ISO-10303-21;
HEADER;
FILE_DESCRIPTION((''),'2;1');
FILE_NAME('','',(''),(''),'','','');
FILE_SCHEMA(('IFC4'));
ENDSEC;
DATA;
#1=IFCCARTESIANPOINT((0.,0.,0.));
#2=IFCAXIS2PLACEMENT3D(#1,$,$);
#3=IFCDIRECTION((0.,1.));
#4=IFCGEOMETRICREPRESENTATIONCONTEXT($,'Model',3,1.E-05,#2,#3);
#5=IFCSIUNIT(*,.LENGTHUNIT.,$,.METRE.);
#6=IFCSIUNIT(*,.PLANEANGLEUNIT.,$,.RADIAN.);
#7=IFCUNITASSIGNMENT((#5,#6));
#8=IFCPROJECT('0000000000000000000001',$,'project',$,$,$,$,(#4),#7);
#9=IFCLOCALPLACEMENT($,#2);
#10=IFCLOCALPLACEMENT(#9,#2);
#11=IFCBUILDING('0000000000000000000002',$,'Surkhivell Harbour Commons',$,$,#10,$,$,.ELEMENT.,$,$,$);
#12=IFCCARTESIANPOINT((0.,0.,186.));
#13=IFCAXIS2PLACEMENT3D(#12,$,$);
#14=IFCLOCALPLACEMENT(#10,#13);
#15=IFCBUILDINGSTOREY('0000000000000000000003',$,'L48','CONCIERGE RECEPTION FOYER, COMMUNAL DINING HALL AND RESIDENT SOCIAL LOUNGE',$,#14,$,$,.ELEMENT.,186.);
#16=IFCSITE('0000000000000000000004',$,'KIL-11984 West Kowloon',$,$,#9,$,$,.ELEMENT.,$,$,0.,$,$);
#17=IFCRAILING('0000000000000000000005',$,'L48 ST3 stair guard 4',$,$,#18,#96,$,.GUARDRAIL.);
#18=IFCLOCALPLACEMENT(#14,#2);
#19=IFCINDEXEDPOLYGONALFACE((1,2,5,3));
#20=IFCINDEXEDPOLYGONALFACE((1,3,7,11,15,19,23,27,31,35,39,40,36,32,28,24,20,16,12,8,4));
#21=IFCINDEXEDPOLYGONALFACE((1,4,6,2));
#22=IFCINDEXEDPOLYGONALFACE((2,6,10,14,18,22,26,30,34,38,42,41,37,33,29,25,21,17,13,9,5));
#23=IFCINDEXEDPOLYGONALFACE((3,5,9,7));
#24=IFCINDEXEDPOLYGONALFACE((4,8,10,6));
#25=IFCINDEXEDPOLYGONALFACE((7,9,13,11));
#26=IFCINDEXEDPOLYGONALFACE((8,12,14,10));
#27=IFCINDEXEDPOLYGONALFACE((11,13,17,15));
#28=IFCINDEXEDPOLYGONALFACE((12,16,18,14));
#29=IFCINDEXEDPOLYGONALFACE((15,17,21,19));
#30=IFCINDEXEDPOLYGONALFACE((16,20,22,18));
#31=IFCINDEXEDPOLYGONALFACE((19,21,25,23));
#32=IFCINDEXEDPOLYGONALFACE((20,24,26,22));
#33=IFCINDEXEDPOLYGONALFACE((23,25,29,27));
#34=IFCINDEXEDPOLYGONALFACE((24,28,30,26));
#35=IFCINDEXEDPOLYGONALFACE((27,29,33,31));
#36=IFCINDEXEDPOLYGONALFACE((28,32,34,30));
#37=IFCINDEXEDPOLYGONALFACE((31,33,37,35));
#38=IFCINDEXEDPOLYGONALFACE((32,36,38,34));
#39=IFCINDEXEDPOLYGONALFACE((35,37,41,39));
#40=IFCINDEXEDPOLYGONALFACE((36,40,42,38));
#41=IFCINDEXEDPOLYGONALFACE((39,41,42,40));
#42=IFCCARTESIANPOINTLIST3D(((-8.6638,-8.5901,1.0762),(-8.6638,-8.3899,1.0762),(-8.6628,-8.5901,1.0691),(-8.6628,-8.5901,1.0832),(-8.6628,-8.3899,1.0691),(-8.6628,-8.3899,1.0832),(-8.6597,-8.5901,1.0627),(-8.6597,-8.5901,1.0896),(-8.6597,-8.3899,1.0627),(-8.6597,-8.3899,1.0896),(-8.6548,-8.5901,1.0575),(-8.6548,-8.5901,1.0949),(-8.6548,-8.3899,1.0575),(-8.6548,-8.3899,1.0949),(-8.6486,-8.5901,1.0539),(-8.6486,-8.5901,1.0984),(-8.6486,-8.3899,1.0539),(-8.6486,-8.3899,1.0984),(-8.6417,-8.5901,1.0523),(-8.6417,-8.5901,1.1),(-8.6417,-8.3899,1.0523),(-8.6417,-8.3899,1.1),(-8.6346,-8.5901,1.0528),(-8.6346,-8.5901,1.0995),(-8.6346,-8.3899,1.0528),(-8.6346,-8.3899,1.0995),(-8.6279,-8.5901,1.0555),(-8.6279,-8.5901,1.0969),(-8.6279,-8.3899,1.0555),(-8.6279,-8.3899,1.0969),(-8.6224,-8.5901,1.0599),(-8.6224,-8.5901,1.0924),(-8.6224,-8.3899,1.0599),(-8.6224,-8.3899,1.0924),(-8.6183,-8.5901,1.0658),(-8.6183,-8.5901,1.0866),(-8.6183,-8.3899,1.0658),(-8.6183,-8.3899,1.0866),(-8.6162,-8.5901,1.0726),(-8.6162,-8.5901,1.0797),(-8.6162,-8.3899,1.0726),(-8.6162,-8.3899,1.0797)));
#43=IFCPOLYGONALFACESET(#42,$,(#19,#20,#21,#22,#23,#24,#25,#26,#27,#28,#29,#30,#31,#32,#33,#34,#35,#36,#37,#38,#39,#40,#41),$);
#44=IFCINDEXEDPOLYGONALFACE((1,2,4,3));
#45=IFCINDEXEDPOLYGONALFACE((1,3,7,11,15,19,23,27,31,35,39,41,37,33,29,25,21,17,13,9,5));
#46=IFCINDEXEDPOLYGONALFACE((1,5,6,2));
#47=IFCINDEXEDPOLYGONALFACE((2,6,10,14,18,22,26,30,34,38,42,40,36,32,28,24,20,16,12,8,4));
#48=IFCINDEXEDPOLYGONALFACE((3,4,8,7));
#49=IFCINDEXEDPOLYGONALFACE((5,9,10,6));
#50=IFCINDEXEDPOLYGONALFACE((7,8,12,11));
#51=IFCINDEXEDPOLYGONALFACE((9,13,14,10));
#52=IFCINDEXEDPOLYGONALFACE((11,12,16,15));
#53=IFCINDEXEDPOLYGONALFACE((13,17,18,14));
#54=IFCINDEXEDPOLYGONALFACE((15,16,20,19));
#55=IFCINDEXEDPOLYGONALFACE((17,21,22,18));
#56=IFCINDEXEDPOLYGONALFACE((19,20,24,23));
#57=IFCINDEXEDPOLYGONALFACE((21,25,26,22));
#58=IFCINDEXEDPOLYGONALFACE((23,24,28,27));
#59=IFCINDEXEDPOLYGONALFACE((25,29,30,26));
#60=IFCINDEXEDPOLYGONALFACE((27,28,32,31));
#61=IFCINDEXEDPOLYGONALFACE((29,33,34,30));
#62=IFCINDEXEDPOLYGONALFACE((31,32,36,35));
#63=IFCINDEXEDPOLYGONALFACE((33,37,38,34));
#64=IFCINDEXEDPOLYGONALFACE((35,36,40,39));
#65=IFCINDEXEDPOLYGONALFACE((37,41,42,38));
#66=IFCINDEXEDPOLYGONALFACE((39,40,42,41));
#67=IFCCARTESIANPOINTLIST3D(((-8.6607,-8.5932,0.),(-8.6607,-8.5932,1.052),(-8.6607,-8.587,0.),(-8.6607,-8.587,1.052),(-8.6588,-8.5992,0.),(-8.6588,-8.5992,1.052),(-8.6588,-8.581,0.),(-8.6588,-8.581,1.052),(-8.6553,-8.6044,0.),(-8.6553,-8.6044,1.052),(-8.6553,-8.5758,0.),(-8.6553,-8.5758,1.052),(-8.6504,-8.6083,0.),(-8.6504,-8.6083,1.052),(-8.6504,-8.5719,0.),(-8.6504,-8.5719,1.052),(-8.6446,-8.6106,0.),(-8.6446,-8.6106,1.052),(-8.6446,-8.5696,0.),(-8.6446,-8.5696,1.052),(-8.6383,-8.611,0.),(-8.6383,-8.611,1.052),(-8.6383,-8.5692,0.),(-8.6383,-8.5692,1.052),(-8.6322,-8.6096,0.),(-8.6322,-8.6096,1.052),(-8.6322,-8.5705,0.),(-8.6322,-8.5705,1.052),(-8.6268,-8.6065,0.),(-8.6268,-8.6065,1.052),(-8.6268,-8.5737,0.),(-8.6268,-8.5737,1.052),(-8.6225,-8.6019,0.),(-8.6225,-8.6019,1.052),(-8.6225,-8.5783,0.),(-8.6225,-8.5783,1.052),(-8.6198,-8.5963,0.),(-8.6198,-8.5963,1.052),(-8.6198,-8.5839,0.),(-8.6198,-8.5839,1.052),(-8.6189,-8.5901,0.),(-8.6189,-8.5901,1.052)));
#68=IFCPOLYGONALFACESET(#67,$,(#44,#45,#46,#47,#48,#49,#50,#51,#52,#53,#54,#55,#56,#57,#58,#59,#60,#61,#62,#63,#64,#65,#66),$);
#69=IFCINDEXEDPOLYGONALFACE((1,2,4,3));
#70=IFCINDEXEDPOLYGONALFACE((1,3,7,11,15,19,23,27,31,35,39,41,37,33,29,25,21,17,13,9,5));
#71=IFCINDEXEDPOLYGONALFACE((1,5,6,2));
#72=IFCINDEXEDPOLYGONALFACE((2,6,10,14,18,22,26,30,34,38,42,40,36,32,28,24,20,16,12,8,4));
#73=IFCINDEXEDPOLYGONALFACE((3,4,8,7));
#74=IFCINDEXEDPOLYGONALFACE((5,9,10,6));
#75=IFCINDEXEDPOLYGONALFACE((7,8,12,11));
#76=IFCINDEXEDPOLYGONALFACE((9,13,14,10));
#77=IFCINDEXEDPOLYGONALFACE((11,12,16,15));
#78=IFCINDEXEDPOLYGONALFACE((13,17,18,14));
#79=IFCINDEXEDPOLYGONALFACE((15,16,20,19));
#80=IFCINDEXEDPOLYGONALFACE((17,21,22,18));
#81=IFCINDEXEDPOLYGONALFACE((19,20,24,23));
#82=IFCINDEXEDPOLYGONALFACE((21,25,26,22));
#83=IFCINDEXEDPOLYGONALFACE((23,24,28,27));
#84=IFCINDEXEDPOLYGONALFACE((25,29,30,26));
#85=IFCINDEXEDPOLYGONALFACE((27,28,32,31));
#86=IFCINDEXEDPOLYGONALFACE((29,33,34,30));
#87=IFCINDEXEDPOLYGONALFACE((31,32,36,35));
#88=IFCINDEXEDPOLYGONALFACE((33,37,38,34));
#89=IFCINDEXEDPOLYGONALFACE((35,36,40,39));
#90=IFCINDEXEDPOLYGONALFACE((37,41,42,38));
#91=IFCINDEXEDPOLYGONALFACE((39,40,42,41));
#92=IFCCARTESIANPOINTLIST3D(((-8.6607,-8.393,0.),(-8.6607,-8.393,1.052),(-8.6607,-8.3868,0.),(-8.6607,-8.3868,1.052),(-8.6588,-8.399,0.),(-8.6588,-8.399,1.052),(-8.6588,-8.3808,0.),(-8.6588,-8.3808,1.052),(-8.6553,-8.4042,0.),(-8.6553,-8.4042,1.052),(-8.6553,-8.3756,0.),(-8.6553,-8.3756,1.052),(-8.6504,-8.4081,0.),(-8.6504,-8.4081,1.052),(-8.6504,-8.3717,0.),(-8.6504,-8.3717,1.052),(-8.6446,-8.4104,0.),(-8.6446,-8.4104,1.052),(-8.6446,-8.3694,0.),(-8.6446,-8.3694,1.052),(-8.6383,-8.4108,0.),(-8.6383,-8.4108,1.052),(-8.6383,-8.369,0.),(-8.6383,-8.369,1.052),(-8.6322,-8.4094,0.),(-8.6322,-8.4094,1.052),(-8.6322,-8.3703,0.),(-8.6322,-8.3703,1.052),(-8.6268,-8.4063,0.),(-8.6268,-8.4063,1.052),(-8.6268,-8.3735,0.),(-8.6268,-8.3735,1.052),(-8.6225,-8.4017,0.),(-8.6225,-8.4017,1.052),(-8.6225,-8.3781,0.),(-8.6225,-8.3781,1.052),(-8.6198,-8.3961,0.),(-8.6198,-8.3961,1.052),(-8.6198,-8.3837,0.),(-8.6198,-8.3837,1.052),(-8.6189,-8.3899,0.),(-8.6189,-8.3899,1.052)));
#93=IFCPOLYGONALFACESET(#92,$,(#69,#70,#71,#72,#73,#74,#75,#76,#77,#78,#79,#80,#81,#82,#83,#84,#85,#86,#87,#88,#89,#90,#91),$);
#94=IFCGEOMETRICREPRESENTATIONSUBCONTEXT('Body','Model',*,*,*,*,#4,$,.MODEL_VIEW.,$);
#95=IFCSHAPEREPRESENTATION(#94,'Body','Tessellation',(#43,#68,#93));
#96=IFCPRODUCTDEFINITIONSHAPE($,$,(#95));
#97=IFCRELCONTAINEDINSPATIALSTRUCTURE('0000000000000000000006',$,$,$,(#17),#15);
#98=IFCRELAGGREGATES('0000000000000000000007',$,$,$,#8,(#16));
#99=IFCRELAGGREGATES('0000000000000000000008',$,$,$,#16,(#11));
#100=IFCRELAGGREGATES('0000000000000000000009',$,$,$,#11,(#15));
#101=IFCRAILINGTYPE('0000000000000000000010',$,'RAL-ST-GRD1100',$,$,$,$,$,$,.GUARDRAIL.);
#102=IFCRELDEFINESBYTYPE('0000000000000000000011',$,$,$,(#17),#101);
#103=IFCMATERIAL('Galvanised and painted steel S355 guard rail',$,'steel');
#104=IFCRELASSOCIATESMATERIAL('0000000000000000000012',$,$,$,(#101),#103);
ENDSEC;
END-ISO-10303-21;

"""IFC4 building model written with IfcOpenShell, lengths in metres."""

from ifc_helpers import new_model, si_unit, direction, frame, origin, origin_2d, place, context, subcontext, project, spatial, circle, extrude, material, type_object, element, save


model = new_model("IFC4")

# Units and contexts
model_context = context("Model", 3, precision=1e-05, world=origin(), true_north=direction((0.0, 1.0)))
body_context = subcontext(model_context, "Body", "Model", "MODEL_VIEW")
ifc_project = project(units=[si_unit("LENGTHUNIT", "METRE"), si_unit("PLANEANGLEUNIT", "RADIAN")], contexts=[model_context])

# Site, building, storey
site_placement = place(None, origin())
site = spatial("IfcSite", under=ifc_project, at=site_placement, Name="KIL-11984 West Kowloon", CompositionType="ELEMENT", RefElevation=0.0)
building_placement = place(site_placement, origin())
building = spatial("IfcBuilding", under=site, at=building_placement, Name="Surkhivell Harbour Commons", CompositionType="ELEMENT")
storey_placement = place(building_placement, frame((0.0, 0.0, 186.0)))
storey = spatial("IfcBuildingStorey", under=building, at=storey_placement, Name="L48", Description="CONCIERGE RECEPTION FOYER, COMMUNAL DINING HALL AND RESIDENT SOCIAL LOUNGE", CompositionType="ELEMENT", Elevation=186.0)

# Railing
ifc_material_1 = material(Name="Galvanised and painted steel S355 guard rail", Category="steel")
railing_type_1 = type_object("IfcRailingType", Name="RAL-ST-GRD1100", PredefinedType="GUARDRAIL", material=ifc_material_1)
railing_1_placement = place(storey_placement, frame((-8.6399, -8.5901, 0.0)))
element("IfcRailing", 1, at=railing_1_placement, inside=storey, type_object=railing_type_1, Name="L48 ST3 stair guard 4", PredefinedType="GUARDRAIL", context=body_context, shape_type="SweptSolid", body=[
    extrude(circle(Radius=0.0239, at=origin_2d()), frame((0.0, 0.0, 1.0762), z_axis=(0.0, 1.0, 0.0), x_axis=(-1.0, 0.0, 0.0)), (0.0, 0.0, 1.0), 0.2002),
    extrude(circle(Radius=0.021, at=origin_2d()), origin(), (0.0, 0.0, 1.0), 1.052),
    extrude(circle(Radius=0.021, at=origin_2d()), frame((0.0, 0.2002, 0.0)), (0.0, 0.0, 1.0), 1.052),
])

save(model, "model.ifc")
